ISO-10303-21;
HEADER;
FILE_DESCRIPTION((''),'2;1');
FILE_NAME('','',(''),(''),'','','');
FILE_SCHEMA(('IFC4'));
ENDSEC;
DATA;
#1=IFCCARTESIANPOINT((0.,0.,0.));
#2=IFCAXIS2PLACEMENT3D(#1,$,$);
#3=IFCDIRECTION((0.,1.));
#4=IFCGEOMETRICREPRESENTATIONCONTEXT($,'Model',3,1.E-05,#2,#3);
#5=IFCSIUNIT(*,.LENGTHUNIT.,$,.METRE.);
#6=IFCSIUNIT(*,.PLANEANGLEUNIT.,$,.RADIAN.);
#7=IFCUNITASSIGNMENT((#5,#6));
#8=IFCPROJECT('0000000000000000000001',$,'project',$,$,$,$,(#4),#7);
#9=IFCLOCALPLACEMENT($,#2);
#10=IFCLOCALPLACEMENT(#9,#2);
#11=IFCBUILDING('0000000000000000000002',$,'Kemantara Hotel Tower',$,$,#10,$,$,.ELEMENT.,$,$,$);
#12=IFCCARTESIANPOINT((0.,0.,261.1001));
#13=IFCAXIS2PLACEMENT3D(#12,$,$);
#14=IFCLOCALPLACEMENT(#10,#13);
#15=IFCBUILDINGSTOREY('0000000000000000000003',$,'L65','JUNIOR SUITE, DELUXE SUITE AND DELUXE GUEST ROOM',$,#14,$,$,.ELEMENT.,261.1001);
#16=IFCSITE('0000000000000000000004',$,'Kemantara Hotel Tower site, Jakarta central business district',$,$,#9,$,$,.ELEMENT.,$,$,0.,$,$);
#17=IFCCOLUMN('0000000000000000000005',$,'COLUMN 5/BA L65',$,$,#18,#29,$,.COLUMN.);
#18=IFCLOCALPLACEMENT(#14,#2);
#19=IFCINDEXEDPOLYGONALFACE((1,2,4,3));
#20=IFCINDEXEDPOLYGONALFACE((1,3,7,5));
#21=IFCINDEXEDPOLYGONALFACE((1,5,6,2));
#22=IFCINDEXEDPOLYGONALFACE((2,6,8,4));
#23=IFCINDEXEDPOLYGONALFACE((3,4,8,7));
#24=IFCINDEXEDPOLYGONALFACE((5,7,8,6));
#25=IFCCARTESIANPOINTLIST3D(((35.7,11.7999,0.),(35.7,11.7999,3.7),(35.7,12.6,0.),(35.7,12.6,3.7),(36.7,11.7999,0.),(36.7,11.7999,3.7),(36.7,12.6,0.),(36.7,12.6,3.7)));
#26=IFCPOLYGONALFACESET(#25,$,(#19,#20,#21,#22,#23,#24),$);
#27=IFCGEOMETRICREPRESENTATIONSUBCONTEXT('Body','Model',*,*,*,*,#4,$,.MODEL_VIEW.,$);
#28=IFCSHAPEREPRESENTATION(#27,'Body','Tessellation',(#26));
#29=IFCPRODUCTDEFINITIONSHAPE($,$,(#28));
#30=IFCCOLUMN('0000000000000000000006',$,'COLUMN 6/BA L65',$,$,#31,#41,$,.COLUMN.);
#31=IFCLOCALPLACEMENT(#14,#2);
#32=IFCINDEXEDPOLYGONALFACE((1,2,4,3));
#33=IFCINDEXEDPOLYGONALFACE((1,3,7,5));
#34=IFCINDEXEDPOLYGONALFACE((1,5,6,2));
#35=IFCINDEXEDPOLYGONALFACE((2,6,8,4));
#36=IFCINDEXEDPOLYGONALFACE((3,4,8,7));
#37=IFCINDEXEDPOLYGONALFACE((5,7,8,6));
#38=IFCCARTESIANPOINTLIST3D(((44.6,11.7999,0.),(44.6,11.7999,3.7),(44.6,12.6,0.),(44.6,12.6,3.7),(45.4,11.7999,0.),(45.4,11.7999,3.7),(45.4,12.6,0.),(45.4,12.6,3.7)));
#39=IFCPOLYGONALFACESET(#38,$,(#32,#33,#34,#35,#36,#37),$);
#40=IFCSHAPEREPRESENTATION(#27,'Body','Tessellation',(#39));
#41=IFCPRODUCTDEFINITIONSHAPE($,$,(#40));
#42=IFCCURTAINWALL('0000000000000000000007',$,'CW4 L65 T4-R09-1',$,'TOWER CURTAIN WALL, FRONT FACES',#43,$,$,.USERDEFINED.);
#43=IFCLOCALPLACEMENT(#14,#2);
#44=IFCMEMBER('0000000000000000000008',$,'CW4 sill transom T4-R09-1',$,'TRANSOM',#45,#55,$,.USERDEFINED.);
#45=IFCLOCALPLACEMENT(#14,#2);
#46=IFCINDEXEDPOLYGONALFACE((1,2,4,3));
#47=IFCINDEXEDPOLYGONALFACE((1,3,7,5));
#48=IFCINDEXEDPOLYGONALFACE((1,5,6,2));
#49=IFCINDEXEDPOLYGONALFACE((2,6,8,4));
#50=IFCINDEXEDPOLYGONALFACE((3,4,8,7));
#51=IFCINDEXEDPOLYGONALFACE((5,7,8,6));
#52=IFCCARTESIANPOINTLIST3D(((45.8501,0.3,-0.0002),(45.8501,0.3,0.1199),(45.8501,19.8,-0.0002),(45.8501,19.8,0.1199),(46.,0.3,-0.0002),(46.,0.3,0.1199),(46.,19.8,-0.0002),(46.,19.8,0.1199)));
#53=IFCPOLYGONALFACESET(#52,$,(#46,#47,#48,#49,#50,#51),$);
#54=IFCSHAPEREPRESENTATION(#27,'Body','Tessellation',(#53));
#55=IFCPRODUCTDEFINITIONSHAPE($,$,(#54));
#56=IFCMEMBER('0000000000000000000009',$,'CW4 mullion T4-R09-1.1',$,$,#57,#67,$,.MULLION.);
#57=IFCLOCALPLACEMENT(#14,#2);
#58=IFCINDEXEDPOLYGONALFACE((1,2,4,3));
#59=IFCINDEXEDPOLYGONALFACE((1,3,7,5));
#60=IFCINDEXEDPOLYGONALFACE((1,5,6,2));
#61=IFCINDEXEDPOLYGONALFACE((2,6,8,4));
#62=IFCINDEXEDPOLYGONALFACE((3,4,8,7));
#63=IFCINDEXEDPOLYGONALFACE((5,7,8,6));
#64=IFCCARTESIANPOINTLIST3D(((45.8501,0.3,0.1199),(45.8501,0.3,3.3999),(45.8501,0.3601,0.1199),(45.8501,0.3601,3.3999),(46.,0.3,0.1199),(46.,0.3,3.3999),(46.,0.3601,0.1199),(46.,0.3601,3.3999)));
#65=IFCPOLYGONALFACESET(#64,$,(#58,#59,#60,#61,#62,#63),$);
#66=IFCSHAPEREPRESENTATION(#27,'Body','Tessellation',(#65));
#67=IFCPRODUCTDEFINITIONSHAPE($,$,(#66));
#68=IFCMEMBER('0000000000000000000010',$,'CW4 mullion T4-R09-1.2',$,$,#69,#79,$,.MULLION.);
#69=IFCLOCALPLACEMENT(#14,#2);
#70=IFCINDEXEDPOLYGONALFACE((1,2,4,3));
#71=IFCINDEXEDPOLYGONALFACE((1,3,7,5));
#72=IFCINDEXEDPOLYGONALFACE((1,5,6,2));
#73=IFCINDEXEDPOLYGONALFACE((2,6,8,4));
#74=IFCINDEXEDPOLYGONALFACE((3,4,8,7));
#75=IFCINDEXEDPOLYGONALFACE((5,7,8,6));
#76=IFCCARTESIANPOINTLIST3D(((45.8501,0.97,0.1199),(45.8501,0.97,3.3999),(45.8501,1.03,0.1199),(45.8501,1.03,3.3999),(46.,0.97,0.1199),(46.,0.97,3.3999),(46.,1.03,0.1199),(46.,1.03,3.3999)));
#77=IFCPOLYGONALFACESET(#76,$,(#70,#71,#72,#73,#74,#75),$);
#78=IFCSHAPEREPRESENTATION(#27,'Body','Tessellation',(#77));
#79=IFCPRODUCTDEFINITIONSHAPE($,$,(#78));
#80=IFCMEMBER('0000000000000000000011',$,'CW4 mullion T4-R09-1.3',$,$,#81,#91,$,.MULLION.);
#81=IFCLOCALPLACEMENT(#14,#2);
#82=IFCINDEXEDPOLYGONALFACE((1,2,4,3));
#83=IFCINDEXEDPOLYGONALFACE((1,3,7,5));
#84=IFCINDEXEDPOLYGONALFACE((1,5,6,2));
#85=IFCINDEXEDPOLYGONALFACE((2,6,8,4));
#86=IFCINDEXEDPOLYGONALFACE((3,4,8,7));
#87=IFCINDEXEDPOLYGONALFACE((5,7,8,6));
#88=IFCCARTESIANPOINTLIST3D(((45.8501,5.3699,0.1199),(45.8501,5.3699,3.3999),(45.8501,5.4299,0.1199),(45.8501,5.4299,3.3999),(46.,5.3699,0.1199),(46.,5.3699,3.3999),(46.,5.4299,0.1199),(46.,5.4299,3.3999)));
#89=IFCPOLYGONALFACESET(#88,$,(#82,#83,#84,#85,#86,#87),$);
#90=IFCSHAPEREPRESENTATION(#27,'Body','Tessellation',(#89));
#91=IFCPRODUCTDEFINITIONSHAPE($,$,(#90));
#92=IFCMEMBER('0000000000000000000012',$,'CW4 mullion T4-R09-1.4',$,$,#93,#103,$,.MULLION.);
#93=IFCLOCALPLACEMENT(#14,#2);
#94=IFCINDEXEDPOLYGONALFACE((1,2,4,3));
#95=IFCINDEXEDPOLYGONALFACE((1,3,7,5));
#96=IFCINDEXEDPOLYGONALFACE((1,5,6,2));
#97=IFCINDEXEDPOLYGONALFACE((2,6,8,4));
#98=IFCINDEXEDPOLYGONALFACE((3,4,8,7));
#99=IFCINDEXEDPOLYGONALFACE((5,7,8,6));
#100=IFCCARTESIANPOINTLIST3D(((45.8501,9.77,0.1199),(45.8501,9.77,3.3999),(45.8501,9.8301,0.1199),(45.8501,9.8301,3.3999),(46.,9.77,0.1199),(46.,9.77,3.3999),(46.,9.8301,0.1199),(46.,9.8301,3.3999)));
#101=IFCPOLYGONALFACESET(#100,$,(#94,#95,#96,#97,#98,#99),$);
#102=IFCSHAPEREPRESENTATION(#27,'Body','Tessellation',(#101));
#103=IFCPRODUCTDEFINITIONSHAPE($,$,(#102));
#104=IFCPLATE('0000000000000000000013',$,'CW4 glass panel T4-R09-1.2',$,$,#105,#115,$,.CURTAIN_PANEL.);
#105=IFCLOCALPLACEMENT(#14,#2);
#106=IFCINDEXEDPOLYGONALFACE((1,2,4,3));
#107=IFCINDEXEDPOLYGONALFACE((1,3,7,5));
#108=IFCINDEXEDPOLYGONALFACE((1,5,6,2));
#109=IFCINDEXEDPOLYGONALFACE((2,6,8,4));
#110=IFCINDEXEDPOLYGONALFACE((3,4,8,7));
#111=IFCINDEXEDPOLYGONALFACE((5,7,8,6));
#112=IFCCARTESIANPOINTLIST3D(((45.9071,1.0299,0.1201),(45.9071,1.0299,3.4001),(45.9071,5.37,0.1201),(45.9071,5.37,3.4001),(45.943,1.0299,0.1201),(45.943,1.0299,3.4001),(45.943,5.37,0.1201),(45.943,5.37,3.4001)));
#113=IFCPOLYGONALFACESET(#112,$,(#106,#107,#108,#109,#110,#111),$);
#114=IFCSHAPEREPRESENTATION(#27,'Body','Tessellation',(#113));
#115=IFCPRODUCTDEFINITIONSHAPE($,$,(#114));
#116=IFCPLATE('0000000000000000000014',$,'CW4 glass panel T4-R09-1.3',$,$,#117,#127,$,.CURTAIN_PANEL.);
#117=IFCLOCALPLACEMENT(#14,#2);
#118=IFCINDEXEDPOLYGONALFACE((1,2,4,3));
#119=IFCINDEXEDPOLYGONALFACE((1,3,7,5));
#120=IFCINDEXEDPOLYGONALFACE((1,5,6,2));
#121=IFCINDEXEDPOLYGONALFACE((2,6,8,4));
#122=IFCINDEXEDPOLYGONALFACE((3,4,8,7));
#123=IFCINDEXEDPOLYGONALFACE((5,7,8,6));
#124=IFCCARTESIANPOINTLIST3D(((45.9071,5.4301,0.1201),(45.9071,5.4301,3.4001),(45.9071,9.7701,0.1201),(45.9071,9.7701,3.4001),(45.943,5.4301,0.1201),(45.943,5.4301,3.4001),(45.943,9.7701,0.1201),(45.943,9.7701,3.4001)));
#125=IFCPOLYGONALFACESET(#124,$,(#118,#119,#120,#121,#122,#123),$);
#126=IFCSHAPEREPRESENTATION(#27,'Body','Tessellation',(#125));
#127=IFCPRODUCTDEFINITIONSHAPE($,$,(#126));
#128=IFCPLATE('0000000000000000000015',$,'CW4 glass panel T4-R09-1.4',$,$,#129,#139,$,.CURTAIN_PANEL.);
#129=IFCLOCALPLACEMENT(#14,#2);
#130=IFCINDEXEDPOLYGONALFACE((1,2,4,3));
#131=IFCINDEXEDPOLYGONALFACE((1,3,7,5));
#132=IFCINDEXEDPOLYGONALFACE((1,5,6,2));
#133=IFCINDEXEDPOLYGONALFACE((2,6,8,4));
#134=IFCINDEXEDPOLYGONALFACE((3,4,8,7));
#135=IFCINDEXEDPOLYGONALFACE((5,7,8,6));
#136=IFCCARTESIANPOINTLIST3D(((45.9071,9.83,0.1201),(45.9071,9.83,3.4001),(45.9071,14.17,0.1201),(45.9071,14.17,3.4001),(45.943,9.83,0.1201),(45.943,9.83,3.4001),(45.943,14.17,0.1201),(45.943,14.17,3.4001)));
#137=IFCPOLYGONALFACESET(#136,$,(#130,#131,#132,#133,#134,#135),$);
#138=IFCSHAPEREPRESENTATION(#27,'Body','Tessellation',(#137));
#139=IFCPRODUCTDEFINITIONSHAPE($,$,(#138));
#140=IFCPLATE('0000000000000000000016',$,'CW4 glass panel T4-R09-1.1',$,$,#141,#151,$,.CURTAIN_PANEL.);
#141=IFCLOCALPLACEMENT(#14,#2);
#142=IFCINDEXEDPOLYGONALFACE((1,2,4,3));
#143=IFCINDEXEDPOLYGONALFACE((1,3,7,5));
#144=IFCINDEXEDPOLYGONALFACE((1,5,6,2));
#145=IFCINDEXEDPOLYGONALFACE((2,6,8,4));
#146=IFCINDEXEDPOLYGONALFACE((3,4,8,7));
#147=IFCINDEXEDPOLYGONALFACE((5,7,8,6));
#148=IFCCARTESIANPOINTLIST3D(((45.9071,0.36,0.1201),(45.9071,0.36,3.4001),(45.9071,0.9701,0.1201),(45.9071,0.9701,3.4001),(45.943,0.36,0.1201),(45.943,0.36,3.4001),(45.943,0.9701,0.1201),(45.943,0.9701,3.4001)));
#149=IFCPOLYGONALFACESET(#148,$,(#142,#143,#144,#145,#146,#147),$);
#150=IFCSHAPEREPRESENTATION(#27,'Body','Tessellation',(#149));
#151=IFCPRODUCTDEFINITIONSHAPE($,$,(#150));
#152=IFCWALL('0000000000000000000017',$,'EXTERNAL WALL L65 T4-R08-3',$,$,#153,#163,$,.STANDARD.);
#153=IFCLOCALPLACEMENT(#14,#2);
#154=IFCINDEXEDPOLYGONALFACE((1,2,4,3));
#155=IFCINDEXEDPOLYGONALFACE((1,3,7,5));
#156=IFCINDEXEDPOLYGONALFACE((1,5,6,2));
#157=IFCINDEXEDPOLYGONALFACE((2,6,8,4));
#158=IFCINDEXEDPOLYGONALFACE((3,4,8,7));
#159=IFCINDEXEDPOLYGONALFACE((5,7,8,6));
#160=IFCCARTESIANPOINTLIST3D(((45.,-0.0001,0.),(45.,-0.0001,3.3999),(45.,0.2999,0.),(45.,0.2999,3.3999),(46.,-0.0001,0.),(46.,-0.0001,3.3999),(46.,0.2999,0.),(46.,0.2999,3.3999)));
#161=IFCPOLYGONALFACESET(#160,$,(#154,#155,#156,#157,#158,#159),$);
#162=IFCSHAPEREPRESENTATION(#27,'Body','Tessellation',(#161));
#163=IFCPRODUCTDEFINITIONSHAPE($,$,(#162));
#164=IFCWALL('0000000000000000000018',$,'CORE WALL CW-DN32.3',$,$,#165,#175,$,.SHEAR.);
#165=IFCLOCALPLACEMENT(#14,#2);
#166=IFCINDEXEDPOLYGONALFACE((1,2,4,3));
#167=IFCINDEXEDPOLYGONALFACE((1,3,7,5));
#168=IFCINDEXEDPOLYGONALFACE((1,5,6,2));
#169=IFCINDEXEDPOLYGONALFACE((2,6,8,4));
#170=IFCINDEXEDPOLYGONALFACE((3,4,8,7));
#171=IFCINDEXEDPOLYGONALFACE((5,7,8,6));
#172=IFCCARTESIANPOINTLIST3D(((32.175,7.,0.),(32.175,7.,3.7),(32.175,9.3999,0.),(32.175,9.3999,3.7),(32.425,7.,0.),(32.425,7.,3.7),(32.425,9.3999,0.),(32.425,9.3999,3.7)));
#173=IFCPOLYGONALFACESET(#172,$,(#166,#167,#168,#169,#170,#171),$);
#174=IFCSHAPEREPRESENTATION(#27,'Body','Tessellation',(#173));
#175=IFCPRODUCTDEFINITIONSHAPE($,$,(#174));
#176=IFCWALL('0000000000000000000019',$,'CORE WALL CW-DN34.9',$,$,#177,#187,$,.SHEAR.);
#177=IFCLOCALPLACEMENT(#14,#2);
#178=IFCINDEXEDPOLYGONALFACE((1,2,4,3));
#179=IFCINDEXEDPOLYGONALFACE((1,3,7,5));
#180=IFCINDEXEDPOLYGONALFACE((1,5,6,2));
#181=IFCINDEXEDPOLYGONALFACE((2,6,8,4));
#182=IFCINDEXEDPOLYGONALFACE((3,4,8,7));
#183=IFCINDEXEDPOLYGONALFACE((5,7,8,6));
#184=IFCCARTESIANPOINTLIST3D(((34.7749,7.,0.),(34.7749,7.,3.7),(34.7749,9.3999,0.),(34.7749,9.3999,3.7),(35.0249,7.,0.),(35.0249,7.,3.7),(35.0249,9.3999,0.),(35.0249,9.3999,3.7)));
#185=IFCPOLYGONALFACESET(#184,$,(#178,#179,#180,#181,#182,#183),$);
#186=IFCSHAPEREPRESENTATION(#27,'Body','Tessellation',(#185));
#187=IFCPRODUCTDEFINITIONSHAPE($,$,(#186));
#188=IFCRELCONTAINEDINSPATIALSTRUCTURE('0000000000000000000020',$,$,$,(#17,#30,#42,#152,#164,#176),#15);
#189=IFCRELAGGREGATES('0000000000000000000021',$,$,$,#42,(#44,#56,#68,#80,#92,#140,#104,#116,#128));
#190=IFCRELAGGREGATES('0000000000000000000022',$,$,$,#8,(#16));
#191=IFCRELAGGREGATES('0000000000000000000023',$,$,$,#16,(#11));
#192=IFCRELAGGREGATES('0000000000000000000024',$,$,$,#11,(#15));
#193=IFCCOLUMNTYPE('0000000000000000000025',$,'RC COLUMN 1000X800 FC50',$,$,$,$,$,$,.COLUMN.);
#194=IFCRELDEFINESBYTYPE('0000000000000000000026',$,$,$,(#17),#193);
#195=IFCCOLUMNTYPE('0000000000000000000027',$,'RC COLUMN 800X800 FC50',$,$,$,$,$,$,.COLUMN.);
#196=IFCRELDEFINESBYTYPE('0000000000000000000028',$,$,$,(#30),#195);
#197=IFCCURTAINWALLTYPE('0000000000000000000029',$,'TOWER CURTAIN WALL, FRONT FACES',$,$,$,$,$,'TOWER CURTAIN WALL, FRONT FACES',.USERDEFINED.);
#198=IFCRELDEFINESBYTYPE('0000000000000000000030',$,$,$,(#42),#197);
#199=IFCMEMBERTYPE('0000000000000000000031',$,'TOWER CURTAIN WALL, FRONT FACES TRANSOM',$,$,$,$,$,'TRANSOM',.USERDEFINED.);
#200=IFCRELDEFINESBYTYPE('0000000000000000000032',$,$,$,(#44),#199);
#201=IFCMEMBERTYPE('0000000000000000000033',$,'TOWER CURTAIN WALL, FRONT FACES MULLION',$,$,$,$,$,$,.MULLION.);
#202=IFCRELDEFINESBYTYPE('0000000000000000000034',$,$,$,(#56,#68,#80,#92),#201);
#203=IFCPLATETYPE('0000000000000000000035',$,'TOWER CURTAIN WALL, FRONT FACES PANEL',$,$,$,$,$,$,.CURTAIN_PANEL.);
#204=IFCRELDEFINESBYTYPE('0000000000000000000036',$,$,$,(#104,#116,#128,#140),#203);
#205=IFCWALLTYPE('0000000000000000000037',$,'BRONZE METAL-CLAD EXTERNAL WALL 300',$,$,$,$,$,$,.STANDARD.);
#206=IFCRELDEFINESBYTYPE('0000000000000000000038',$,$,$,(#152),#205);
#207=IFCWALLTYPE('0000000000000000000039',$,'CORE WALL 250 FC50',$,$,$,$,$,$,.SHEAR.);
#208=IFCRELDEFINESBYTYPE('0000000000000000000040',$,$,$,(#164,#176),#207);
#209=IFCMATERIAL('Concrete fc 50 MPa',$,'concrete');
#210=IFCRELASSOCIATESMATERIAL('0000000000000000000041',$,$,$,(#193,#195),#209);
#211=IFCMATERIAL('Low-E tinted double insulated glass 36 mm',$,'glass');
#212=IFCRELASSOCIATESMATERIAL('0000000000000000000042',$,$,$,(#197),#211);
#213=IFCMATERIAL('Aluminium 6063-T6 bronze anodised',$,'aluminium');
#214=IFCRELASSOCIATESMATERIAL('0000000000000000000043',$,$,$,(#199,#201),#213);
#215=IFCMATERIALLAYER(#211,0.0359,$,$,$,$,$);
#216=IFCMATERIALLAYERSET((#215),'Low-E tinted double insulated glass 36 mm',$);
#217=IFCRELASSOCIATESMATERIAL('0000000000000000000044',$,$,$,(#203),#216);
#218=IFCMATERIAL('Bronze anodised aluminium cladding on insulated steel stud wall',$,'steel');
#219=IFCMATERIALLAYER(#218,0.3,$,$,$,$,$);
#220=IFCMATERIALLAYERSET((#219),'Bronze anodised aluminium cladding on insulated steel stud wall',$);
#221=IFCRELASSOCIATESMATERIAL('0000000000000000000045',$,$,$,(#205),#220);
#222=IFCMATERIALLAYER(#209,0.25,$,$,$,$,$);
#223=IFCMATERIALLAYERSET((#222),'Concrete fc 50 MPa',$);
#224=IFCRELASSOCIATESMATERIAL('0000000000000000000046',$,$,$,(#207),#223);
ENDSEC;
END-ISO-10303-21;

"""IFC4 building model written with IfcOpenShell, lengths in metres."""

from ifc_helpers import new_model, si_unit, direction, frame, frame_2d, origin, origin_2d, place, context, subcontext, project, spatial, rectangle, extrude, source, transform, mapped, material, layer, layer_set, material_profile, profile_set, type_object, element, aggregate, save


model = new_model("IFC4")

# Units and contexts
model_context = context("Model", 3, precision=1e-05, world=origin(), true_north=direction((0.0, 1.0)))
body_context = subcontext(model_context, "Body", "Model", "MODEL_VIEW")
ifc_project = project(units=[si_unit("LENGTHUNIT", "METRE"), si_unit("PLANEANGLEUNIT", "RADIAN")], contexts=[model_context])

# Site, building, storey
site_placement = place(None, origin())
site = spatial("IfcSite", under=ifc_project, at=site_placement, Name="Kemantara Hotel Tower site, Jakarta central business district", CompositionType="ELEMENT", RefElevation=0.0)
building_placement = place(site_placement, origin())
building = spatial("IfcBuilding", under=site, at=building_placement, Name="Kemantara Hotel Tower", CompositionType="ELEMENT")
storey_placement = place(building_placement, frame((0.0, 0.0, 261.1001)))
storey = spatial("IfcBuildingStorey", under=building, at=storey_placement, Name="L65", Description="JUNIOR SUITE, DELUXE SUITE AND DELUXE GUEST ROOM", CompositionType="ELEMENT", Elevation=261.1001)

# Columns
ifc_material_1 = material(Name="Concrete fc 50 MPa", Category="concrete")
ifc_material_profile_1 = material_profile(ifc_material_1, rectangle(XDim=1.0, YDim=0.8, at=origin_2d()), Name="RC 1000X800")
ifc_profile_set_1 = profile_set([ifc_material_profile_1], Name="Concrete fc 50 MPa")
column_type_1 = type_object("IfcColumnType", Name="RC COLUMN 1000X800 FC50", PredefinedType="COLUMN", material=ifc_profile_set_1)
column_1_placement = place(storey_placement, frame((36.2, 12.2, 0.0), z_axis=(0.0, 0.0, 1.0), x_axis=(1.0, 0.0, 0.0)))
element("IfcColumn", 1, at=column_1_placement, inside=storey, type_object=column_type_1, Name="COLUMN 5/BA L65", PredefinedType="COLUMN", context=body_context, shape_type="SweptSolid", body=[
    extrude(rectangle(XDim=1.0, YDim=0.8, at=origin_2d()), origin(), (0.0, 0.0, 1.0), 3.7),
])
ifc_material_profile_2 = material_profile(ifc_material_1, rectangle(XDim=0.8, YDim=0.8, at=origin_2d()), Name="RC 800X800")
ifc_profile_set_2 = profile_set([ifc_material_profile_2], Name="Concrete fc 50 MPa")
column_type_2 = type_object("IfcColumnType", Name="RC COLUMN 800X800 FC50", PredefinedType="COLUMN", material=ifc_profile_set_2)
column_2_placement = place(storey_placement, frame((45.0, 12.2, 0.0), z_axis=(0.0, 0.0, 1.0), x_axis=(1.0, 0.0, 0.0)))
element("IfcColumn", 2, at=column_2_placement, inside=storey, type_object=column_type_2, Name="COLUMN 6/BA L65", PredefinedType="COLUMN", context=body_context, shape_type="SweptSolid", body=[
    extrude(rectangle(XDim=0.8, YDim=0.8, at=origin_2d()), origin(), (0.0, 0.0, 1.0), 3.7),
])

# Curtain wall, members, plates
ifc_material_2 = material(Name="Low-E tinted double insulated glass 36 mm", Category="glass")
curtain_wall_type = type_object("IfcCurtainWallType", Name="TOWER CURTAIN WALL, FRONT FACES", ElementType="TOWER CURTAIN WALL, FRONT FACES", PredefinedType="USERDEFINED", material=ifc_material_2)
curtain_wall_placement = place(storey_placement, origin())
curtain_wall = element("IfcCurtainWall", 3, at=curtain_wall_placement, inside=storey, type_object=curtain_wall_type, Name="CW4 L65 T4-R09-1", ObjectType="TOWER CURTAIN WALL, FRONT FACES", PredefinedType="USERDEFINED")
ifc_material_3 = material(Name="Aluminium 6063-T6 bronze anodised", Category="aluminium")
ifc_material_profile_3 = material_profile(ifc_material_3, rectangle(XDim=0.1499, YDim=0.1201, at=origin_2d()), Name="TOWER CURTAIN WALL, FRONT FACES TRANSOM")
ifc_profile_set_3 = profile_set([ifc_material_profile_3], Name="Aluminium 6063-T6 bronze anodised")
member_type_1 = type_object("IfcMemberType", Name="TOWER CURTAIN WALL, FRONT FACES TRANSOM", ElementType="TRANSOM", PredefinedType="USERDEFINED", material=ifc_profile_set_3)
member_1_placement = place(storey_placement, frame((45.925, 0.3, 0.0598), z_axis=(0.0, 1.0, 0.0), x_axis=(-1.0, 0.0, 0.0)))
member_1 = element("IfcMember", 4, at=member_1_placement, type_object=member_type_1, Name="CW4 sill transom T4-R09-1", ObjectType="TRANSOM", PredefinedType="USERDEFINED", context=body_context, shape_type="SweptSolid", body=[
    extrude(rectangle(XDim=0.1499, YDim=0.1201, at=origin_2d()), origin(), (0.0, 0.0, 1.0), 19.5),
])
ifc_material_profile_4 = material_profile(ifc_material_3, rectangle(XDim=0.1499, YDim=0.0601, at=origin_2d()), Name="TOWER CURTAIN WALL, FRONT FACES MULLION")
ifc_profile_set_4 = profile_set([ifc_material_profile_4], Name="Aluminium 6063-T6 bronze anodised")
member_type_2 = type_object("IfcMemberType", Name="TOWER CURTAIN WALL, FRONT FACES MULLION", PredefinedType="MULLION", material=ifc_profile_set_4)
shared_shape_1 = source(origin(), body_context, "Body", "SweptSolid", [
    extrude(rectangle(XDim=0.1499, YDim=0.0601, at=origin_2d()), origin(), (0.0, 0.0, 1.0), 3.28),
])
member_2_placement = place(storey_placement, frame((45.925, 0.3301, 0.1199), z_axis=(0.0, 0.0, 1.0), x_axis=(-1.0, 0.0, 0.0)))
member_2 = element("IfcMember", 5, at=member_2_placement, type_object=member_type_2, Name="CW4 mullion T4-R09-1.1", PredefinedType="MULLION", context=body_context, shape_type="MappedRepresentation", body=[
    mapped(shared_shape_1, transform((0.0, 0.0, 0.0))),
])
member_3_placement = place(storey_placement, frame((45.925, 1.0, 0.1199), z_axis=(0.0, 0.0, 1.0), x_axis=(-1.0, 0.0, 0.0)))
member_3 = element("IfcMember", 6, at=member_3_placement, type_object=member_type_2, Name="CW4 mullion T4-R09-1.2", PredefinedType="MULLION", context=body_context, shape_type="MappedRepresentation", body=[
    mapped(shared_shape_1, transform((0.0, 0.0, 0.0))),
])
member_4_placement = place(storey_placement, frame((45.925, 5.3999, 0.1199), z_axis=(0.0, 0.0, 1.0), x_axis=(-1.0, 0.0, 0.0)))
member_4 = element("IfcMember", 7, at=member_4_placement, type_object=member_type_2, Name="CW4 mullion T4-R09-1.3", PredefinedType="MULLION", context=body_context, shape_type="MappedRepresentation", body=[
    mapped(shared_shape_1, transform((0.0, 0.0, 0.0))),
])
member_5_placement = place(storey_placement, frame((45.925, 9.8, 0.1199), z_axis=(0.0, 0.0, 1.0), x_axis=(-1.0, 0.0, 0.0)))
member_5 = element("IfcMember", 8, at=member_5_placement, type_object=member_type_2, Name="CW4 mullion T4-R09-1.4", PredefinedType="MULLION", context=body_context, shape_type="MappedRepresentation", body=[
    mapped(shared_shape_1, transform((0.0, 0.0, 0.0))),
])
ifc_layer_1 = layer(ifc_material_2, 0.0359)
ifc_layer_set_1 = layer_set([ifc_layer_1], Name="Low-E tinted double insulated glass 36 mm")
plate_type = type_object("IfcPlateType", Name="TOWER CURTAIN WALL, FRONT FACES PANEL", PredefinedType="CURTAIN_PANEL", material=ifc_layer_set_1)
shared_shape_2 = source(origin(), body_context, "Body", "SweptSolid", [
    extrude(rectangle(XDim=4.3401, YDim=0.0359, at=origin_2d()), origin(), (0.0, 0.0, 1.0), 3.28),
])
plate_1_placement = place(storey_placement, frame((45.925, 3.2, 0.1201), z_axis=(0.0, 0.0, 1.0), x_axis=(0.0, 1.0, 0.0)))
plate_1 = element("IfcPlate", 9, at=plate_1_placement, type_object=plate_type, Name="CW4 glass panel T4-R09-1.2", PredefinedType="CURTAIN_PANEL", context=body_context, shape_type="MappedRepresentation", body=[
    mapped(shared_shape_2, transform((0.0, 0.0, 0.0))),
])
plate_2_placement = place(storey_placement, frame((45.925, 7.6001, 0.1201), z_axis=(0.0, 0.0, 1.0), x_axis=(0.0, 1.0, 0.0)))
plate_2 = element("IfcPlate", 10, at=plate_2_placement, type_object=plate_type, Name="CW4 glass panel T4-R09-1.3", PredefinedType="CURTAIN_PANEL", context=body_context, shape_type="MappedRepresentation", body=[
    mapped(shared_shape_2, transform((0.0, 0.0, 0.0))),
])
plate_3_placement = place(storey_placement, frame((45.925, 12.0, 0.1201), z_axis=(0.0, 0.0, 1.0), x_axis=(0.0, 1.0, 0.0)))
plate_3 = element("IfcPlate", 11, at=plate_3_placement, type_object=plate_type, Name="CW4 glass panel T4-R09-1.4", PredefinedType="CURTAIN_PANEL", context=body_context, shape_type="MappedRepresentation", body=[
    mapped(shared_shape_2, transform((0.0, 0.0, 0.0))),
])
shared_shape_3 = source(origin(), body_context, "Body", "SweptSolid", [
    extrude(rectangle(XDim=0.6101, YDim=0.0359, at=origin_2d()), origin(), (0.0, 0.0, 1.0), 3.28),
])
plate_4_placement = place(storey_placement, frame((45.925, 0.665, 0.1201), z_axis=(0.0, 0.0, 1.0), x_axis=(0.0, 1.0, 0.0)))
plate_4 = element("IfcPlate", 12, at=plate_4_placement, type_object=plate_type, Name="CW4 glass panel T4-R09-1.1", PredefinedType="CURTAIN_PANEL", context=body_context, shape_type="MappedRepresentation", body=[
    mapped(shared_shape_3, transform((0.0, 0.0, 0.0))),
])
aggregate(curtain_wall, [member_1, member_2, member_3, member_4, member_5, plate_4, plate_1, plate_2, plate_3])

# Walls
ifc_material_4 = material(Name="Bronze anodised aluminium cladding on insulated steel stud wall", Category="steel")
ifc_layer_2 = layer(ifc_material_4, 0.3)
ifc_layer_set_2 = layer_set([ifc_layer_2], Name="Bronze anodised aluminium cladding on insulated steel stud wall")
wall_type_1 = type_object("IfcWallType", Name="BRONZE METAL-CLAD EXTERNAL WALL 300", PredefinedType="STANDARD", material=ifc_layer_set_2)
wall_1_placement = place(storey_placement, frame((45.0, 0.1499, 0.0), z_axis=(0.0, 0.0, 1.0), x_axis=(1.0, 0.0, 0.0)))
element("IfcWall", 13, at=wall_1_placement, inside=storey, type_object=wall_type_1, Name="EXTERNAL WALL L65 T4-R08-3", PredefinedType="STANDARD", context=body_context, shape_type="SweptSolid", body=[
    extrude(rectangle(XDim=1.0, YDim=0.3, at=frame_2d((0.5, 0.0))), origin(), (0.0, 0.0, 1.0), 3.3999),
])
ifc_layer_3 = layer(ifc_material_1, 0.25)
ifc_layer_set_3 = layer_set([ifc_layer_3], Name="Concrete fc 50 MPa")
wall_type_2 = type_object("IfcWallType", Name="CORE WALL 250 FC50", PredefinedType="SHEAR", material=ifc_layer_set_3)
for number, where, z_axis, x_axis, name in (
    (14, (32.3, 7.0, 0.0), (0.0, 0.0, 1.0), (0.0, 1.0, 0.0), "CORE WALL CW-DN32.3"),
    (15, (34.8999, 7.0, 0.0), (0.0, 0.0, 1.0), (0.0, 1.0, 0.0), "CORE WALL CW-DN34.9"),
):
    element("IfcWall", number, at=place(storey_placement, frame(where, z_axis=z_axis, x_axis=x_axis)), inside=storey, type_object=wall_type_2, Name=name, PredefinedType="SHEAR", context=body_context, shape_type="SweptSolid", body=[
        extrude(rectangle(XDim=2.3999, YDim=0.25, at=frame_2d((1.2, 0.0))), origin(), (0.0, 0.0, 1.0), 3.7),
    ])

save(model, "model.ifc")
